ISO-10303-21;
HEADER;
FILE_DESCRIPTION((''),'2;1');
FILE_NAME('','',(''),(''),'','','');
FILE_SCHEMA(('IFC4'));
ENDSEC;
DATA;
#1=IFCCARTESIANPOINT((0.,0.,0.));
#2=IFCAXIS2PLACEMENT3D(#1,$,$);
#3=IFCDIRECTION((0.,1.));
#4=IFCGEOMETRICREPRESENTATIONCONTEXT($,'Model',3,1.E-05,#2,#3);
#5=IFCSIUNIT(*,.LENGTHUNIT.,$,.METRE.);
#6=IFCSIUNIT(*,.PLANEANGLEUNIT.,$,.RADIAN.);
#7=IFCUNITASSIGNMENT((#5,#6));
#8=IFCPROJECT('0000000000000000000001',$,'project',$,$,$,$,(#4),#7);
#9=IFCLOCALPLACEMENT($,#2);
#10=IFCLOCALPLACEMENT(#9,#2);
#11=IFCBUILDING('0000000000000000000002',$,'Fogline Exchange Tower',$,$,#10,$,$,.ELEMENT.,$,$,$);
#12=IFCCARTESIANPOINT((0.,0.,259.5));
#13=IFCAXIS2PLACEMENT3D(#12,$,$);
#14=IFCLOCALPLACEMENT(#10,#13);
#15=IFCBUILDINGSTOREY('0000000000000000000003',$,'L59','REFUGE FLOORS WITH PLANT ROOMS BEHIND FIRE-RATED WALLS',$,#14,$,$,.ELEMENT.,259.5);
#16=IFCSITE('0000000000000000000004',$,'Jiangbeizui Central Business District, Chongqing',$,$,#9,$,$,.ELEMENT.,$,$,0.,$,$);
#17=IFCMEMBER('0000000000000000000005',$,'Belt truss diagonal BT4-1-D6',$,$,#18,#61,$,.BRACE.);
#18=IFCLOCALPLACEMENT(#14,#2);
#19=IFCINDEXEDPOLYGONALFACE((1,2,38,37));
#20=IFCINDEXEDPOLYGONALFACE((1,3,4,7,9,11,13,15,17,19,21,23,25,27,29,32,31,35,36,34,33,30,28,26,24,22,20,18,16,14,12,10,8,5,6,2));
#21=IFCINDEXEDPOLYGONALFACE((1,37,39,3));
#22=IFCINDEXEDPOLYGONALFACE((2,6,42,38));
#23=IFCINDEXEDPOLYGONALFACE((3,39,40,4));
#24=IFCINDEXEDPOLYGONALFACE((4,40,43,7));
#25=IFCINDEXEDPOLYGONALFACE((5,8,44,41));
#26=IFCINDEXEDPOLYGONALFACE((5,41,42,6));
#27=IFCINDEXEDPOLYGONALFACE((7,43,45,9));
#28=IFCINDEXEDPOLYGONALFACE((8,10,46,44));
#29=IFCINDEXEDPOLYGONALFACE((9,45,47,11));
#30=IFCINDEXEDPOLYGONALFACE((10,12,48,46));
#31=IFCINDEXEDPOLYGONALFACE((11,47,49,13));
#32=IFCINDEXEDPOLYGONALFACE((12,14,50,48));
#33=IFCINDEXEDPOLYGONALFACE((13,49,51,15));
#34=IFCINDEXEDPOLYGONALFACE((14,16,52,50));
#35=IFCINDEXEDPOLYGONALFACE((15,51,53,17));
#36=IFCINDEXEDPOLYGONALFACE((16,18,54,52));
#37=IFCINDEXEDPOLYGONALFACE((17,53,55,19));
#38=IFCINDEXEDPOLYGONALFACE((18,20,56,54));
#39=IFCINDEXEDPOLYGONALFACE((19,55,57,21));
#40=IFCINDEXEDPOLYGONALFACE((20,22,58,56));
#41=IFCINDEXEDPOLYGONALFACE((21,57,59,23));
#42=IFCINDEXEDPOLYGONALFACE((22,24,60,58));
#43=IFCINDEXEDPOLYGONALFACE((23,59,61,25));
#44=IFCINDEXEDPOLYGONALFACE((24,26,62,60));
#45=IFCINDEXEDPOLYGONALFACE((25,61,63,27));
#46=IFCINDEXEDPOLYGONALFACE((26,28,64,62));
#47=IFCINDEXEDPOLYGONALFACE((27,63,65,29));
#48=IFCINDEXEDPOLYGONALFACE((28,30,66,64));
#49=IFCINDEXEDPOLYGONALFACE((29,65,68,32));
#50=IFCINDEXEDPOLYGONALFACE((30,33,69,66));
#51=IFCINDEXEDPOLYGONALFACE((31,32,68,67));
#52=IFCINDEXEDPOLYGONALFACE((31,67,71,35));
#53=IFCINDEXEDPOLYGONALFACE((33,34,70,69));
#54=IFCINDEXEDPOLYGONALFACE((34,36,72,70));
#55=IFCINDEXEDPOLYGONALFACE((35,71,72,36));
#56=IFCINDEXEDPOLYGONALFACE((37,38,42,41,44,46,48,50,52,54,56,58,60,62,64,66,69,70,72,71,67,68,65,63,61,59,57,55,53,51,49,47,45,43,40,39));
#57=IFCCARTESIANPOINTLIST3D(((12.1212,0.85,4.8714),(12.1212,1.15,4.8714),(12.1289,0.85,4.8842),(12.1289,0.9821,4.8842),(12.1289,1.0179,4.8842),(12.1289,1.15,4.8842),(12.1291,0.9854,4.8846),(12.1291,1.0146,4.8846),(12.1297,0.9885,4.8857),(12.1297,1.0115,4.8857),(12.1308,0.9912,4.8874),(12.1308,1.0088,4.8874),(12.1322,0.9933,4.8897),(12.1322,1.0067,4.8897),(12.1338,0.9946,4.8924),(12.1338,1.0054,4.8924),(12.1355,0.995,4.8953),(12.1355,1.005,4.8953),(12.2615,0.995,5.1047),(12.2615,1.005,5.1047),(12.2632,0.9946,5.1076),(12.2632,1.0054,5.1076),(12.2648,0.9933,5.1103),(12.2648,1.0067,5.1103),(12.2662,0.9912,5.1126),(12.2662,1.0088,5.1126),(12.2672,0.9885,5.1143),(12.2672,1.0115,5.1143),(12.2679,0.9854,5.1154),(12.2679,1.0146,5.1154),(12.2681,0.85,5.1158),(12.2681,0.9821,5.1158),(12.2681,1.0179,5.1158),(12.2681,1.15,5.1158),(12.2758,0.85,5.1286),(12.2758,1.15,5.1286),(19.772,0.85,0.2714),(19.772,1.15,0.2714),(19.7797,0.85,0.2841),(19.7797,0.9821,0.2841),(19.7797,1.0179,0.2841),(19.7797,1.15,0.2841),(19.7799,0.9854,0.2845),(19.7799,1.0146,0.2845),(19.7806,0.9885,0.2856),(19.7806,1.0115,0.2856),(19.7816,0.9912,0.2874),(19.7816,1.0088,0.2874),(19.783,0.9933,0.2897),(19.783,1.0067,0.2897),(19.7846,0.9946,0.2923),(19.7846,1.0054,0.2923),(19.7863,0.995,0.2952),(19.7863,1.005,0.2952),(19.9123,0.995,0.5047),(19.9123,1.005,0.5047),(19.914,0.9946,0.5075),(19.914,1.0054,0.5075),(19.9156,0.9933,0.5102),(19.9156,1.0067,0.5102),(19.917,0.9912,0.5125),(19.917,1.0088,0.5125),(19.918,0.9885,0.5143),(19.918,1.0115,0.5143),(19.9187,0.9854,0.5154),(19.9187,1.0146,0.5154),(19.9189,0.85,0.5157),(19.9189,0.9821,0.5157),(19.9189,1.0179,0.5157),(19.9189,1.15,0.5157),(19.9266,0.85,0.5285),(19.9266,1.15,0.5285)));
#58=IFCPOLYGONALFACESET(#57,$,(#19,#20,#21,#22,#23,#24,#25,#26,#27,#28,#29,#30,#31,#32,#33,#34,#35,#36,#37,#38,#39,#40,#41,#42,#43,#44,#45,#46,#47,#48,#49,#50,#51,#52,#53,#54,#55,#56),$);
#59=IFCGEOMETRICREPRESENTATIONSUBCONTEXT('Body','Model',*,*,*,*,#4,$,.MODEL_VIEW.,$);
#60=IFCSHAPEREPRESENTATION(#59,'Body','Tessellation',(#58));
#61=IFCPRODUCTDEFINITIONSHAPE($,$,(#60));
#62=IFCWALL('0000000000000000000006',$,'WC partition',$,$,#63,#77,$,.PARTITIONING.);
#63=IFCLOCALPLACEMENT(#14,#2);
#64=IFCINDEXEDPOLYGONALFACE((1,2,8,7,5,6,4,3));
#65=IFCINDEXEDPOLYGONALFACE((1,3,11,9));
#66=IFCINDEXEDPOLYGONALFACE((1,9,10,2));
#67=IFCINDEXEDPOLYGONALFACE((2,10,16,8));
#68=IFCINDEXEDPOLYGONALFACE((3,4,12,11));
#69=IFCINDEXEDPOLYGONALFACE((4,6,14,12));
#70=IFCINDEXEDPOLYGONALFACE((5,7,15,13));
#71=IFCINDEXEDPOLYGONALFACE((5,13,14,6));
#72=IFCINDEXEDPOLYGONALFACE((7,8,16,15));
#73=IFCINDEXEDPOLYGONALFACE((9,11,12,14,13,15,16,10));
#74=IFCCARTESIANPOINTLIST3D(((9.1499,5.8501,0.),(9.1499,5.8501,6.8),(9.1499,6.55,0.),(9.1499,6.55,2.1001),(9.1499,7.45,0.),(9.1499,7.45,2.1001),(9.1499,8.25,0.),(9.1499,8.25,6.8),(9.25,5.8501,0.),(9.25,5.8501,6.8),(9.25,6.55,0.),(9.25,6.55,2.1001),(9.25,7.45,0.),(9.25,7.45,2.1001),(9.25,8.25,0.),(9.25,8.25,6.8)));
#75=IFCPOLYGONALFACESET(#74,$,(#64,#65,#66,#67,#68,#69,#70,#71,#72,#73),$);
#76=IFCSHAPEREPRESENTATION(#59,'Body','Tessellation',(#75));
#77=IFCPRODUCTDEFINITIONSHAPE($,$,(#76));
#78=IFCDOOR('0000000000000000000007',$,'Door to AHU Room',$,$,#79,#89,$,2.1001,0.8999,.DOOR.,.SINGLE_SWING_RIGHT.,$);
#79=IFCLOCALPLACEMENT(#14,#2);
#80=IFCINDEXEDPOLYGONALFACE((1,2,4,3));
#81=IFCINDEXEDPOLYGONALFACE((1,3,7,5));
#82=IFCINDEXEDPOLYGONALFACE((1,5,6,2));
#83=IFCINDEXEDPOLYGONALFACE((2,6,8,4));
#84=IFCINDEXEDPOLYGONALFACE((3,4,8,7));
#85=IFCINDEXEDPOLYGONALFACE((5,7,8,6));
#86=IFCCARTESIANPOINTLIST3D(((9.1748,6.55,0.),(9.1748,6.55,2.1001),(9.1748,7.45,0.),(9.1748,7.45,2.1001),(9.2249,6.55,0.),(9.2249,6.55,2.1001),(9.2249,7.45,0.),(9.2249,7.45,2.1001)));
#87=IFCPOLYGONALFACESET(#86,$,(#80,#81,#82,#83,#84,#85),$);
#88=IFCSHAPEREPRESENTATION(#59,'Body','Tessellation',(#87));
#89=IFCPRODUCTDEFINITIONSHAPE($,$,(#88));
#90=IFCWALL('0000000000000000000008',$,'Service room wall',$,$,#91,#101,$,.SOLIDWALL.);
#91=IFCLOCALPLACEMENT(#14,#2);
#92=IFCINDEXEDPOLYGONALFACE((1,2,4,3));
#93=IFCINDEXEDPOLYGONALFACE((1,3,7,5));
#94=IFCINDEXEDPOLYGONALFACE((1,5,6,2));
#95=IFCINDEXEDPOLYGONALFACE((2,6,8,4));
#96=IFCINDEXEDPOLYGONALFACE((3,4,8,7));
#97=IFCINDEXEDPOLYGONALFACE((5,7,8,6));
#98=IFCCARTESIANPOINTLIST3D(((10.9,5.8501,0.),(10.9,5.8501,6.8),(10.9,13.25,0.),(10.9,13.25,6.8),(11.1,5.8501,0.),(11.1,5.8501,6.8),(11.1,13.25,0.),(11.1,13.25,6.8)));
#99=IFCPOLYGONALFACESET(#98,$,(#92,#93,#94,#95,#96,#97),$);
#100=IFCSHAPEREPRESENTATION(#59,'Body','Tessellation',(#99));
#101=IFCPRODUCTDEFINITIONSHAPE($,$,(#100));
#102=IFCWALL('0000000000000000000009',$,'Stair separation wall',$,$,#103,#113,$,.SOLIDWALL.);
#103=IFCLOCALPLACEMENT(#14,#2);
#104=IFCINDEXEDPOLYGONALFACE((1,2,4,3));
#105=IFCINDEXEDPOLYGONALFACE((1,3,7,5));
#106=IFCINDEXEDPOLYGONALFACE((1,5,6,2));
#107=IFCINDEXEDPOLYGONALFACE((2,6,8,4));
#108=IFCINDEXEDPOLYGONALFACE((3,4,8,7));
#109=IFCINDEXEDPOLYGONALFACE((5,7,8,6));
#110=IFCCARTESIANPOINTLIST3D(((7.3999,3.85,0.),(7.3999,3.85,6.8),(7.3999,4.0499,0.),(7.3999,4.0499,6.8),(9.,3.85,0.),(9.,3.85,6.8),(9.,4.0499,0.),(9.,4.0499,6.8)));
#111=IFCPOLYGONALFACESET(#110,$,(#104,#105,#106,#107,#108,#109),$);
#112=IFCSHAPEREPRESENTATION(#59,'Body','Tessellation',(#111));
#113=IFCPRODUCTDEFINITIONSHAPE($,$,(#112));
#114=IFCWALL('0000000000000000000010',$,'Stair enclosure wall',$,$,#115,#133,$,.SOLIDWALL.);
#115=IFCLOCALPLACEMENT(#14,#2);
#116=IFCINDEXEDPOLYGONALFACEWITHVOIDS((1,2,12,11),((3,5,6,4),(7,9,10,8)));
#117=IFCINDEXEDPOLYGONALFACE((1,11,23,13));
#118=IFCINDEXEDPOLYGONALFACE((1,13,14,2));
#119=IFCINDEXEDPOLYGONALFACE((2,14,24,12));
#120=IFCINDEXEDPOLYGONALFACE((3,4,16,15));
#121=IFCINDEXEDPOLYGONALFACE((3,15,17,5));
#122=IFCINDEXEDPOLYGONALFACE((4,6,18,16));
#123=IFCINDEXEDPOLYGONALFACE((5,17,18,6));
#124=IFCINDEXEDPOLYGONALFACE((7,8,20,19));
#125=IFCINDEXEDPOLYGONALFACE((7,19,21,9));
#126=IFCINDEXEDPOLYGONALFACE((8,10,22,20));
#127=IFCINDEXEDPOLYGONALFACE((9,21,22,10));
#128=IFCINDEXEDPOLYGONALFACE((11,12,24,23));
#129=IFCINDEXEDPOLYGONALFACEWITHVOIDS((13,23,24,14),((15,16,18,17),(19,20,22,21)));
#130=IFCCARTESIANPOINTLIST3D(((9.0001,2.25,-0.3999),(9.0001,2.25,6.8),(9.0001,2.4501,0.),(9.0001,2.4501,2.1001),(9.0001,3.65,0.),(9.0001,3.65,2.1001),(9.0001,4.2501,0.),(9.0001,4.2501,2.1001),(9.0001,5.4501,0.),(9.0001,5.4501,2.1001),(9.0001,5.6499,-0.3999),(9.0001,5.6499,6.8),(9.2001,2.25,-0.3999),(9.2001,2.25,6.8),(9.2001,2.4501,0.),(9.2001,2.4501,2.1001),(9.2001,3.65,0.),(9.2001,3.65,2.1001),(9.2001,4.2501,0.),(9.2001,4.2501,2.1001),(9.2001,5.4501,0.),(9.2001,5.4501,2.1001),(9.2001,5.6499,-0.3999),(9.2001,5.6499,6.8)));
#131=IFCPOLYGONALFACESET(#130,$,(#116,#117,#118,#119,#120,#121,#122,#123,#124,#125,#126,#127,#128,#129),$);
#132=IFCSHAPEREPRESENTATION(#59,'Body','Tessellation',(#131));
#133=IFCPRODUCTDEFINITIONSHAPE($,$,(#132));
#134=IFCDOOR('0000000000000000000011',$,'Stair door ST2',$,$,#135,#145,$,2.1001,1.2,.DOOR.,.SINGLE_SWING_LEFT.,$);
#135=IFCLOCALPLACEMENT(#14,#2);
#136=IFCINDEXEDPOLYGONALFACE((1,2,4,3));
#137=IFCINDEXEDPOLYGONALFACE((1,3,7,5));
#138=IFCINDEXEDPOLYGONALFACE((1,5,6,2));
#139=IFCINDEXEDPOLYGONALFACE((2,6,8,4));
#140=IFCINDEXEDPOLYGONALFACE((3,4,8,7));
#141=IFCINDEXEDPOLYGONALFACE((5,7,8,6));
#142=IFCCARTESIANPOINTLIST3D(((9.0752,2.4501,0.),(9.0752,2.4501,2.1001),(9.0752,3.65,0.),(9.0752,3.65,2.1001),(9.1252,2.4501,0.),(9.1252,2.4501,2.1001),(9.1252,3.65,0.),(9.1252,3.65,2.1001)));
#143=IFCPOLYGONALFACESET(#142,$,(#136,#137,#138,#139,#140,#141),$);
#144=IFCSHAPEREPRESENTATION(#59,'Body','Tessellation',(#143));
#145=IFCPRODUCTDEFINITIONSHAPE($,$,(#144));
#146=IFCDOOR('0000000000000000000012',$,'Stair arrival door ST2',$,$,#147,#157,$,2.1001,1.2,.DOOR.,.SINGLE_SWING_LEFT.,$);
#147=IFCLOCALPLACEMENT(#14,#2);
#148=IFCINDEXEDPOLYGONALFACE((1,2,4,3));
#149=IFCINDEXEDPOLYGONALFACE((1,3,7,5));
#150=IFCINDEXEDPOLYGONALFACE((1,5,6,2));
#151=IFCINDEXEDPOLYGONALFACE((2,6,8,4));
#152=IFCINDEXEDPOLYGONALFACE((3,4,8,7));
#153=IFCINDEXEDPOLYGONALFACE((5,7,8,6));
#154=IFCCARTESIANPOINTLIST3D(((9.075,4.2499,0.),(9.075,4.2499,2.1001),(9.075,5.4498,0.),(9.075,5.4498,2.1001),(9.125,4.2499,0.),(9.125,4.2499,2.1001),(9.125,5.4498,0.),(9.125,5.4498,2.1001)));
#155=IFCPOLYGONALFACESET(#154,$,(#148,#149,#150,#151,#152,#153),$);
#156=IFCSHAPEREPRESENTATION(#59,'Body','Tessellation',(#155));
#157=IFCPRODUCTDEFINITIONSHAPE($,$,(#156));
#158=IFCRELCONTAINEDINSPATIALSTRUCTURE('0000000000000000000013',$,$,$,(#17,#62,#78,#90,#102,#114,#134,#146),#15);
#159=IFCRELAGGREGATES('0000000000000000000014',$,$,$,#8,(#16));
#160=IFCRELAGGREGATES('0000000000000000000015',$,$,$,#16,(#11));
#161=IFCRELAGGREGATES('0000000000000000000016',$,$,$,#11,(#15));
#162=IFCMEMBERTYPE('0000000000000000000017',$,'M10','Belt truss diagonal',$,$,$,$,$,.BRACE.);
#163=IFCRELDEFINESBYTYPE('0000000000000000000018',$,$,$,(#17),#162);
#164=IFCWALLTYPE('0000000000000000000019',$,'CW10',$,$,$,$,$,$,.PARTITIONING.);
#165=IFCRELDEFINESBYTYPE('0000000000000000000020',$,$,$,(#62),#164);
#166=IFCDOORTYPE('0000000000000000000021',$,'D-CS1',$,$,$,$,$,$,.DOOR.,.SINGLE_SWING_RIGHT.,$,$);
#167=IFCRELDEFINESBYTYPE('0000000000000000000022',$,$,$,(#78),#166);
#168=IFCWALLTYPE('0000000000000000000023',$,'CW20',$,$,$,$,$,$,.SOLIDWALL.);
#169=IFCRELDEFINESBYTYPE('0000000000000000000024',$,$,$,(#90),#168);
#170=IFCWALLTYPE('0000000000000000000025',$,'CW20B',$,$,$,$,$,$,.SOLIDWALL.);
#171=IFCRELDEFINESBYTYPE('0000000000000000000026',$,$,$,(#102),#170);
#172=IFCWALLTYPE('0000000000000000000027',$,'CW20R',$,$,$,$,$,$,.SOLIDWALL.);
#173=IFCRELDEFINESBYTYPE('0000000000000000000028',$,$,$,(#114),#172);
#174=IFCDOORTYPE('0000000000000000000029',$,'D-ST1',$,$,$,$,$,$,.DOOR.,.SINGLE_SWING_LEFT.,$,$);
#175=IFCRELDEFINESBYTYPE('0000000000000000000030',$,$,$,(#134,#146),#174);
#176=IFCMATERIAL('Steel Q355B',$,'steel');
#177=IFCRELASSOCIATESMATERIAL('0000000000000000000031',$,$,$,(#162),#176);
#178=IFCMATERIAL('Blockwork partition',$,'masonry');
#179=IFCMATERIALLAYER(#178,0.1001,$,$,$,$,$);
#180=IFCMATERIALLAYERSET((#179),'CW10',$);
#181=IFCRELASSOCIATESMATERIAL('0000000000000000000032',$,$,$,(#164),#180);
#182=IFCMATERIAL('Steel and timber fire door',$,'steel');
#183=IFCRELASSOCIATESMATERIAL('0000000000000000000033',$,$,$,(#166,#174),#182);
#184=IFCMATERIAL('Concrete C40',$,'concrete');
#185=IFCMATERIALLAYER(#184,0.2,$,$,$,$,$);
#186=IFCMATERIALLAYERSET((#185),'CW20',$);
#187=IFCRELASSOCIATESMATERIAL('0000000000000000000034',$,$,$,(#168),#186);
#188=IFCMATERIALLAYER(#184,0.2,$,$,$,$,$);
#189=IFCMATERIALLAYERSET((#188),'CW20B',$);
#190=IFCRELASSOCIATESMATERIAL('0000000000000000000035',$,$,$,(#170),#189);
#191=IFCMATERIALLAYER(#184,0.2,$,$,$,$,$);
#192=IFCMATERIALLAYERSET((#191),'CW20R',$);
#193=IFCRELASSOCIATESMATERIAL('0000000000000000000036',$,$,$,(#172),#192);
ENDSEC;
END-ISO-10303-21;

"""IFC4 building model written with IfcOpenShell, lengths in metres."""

from ifc_helpers import new_model, si_unit, direction, frame, frame_2d, origin, origin_2d, place, context, subcontext, project, spatial, rectangle, i_section, extrude, material, layer, layer_set, material_profile, profile_set, type_object, element, fill, save


model = new_model("IFC4")

# Units and contexts
model_context = context("Model", 3, precision=1e-05, world=origin(), true_north=direction((0.0, 1.0)))
body_context = subcontext(model_context, "Body", "Model", "MODEL_VIEW")
ifc_project = project(units=[si_unit("LENGTHUNIT", "METRE"), si_unit("PLANEANGLEUNIT", "RADIAN")], contexts=[model_context])

# Site, building, storey
site_placement = place(None, origin())
site = spatial("IfcSite", under=ifc_project, at=site_placement, Name="Jiangbeizui Central Business District, Chongqing", CompositionType="ELEMENT", RefElevation=0.0)
building_placement = place(site_placement, origin())
building = spatial("IfcBuilding", under=site, at=building_placement, Name="Fogline Exchange Tower", CompositionType="ELEMENT")
storey_placement = place(building_placement, frame((0.0, 0.0, 259.5)))
storey = spatial("IfcBuildingStorey", under=building, at=storey_placement, Name="L59", Description="REFUGE FLOORS WITH PLANT ROOMS BEHIND FIRE-RATED WALLS", CompositionType="ELEMENT", Elevation=259.5)

# Member
ifc_material_1 = material(Name="Steel Q355B", Category="steel")
ifc_material_profile = material_profile(ifc_material_1, i_section(OverallWidth=0.3, OverallDepth=0.3, WebThickness=0.01, FlangeThickness=0.0149, FilletRadius=0.0129, at=origin_2d()), Name="HW300X300X10X15")
ifc_profile_set = profile_set([ifc_material_profile], Name="Steel Q355B")
member_type = type_object("IfcMemberType", Name="M10", Description="Belt truss diagonal", PredefinedType="BRACE", material=ifc_profile_set)
member_placement = place(storey_placement, frame((12.1985, 1.0, 5.0), z_axis=(0.85702, 0.0, -0.515284), x_axis=(0.0, 1.0, 0.0)))
element("IfcMember", 1, at=member_placement, inside=storey, type_object=member_type, Name="Belt truss diagonal BT4-1-D6", PredefinedType="BRACE", context=body_context, shape_type="SweptSolid", body=[
    extrude(i_section(OverallWidth=0.3, OverallDepth=0.3, WebThickness=0.01, FlangeThickness=0.0149, FilletRadius=0.0129, at=origin_2d()), origin(), (0.0, 0.0, 1.0), 8.9272),
])

# Wall, opening, door
ifc_material_2 = material(Name="Blockwork partition", Category="masonry")
ifc_layer_1 = layer(ifc_material_2, 0.1001)
ifc_layer_set_1 = layer_set([ifc_layer_1], Name="CW10")
wall_type_1 = type_object("IfcWallType", Name="CW10", PredefinedType="PARTITIONING", material=ifc_layer_set_1)
wall_1_placement = place(storey_placement, frame((9.2, 5.8501, 0.0), z_axis=(0.0, 0.0, 1.0), x_axis=(0.0, 1.0, 0.0)))
wall_1 = element("IfcWall", 2, at=wall_1_placement, inside=storey, type_object=wall_type_1, Name="WC partition", PredefinedType="PARTITIONING", context=body_context, shape_type="SweptSolid", body=[
    extrude(rectangle(XDim=2.3999, YDim=0.1001, at=frame_2d((1.2, 0.0))), origin(), (0.0, 0.0, 1.0), 6.8),
])
opening_1_placement = place(wall_1_placement, frame((0.7, 0.0, 0.0)))
opening_1 = element("IfcOpeningElement", 3, at=opening_1_placement, cuts=wall_1, PredefinedType="OPENING", context=body_context, shape_type="SweptSolid", body=[
    extrude(rectangle(XDim=0.8999, YDim=2.1001, at=frame_2d((0.45, 1.05))), frame((0.0, 0.0601, 0.0), z_axis=(0.0, -1.0, 0.0), x_axis=(1.0, 0.0, 0.0)), (0.0, 0.0, 1.0), 0.1201),
])
ifc_material_3 = material(Name="Steel and timber fire door", Category="steel")
door_type_1 = type_object("IfcDoorType", Name="D-CS1", OperationType="SINGLE_SWING_RIGHT", PredefinedType="DOOR", material=ifc_material_3)
door_1_placement = place(opening_1_placement, frame((0.8999, 0.0, 0.0), z_axis=(0.0, 0.0, 1.0), x_axis=(-1.0, 0.0, 0.0)))
door_1 = element("IfcDoor", 4, at=door_1_placement, inside=storey, type_object=door_type_1, Name="Door to AHU Room", OperationType="SINGLE_SWING_RIGHT", OverallHeight=2.1001, OverallWidth=0.8999, PredefinedType="DOOR", context=body_context, shape_type="SweptSolid", body=[
    extrude(rectangle(XDim=0.8999, YDim=2.1001, at=frame_2d((0.45, 1.05))), frame((0.0, 0.0249, 0.0), z_axis=(0.0, -1.0, 0.0), x_axis=(1.0, 0.0, 0.0)), (0.0, 0.0, 1.0), 0.05),
])
fill(opening_1, door_1)

# Walls
ifc_material_4 = material(Name="Concrete C40", Category="concrete")
ifc_layer_2 = layer(ifc_material_4, 0.2)
ifc_layer_set_2 = layer_set([ifc_layer_2], Name="CW20")
wall_type_2 = type_object("IfcWallType", Name="CW20", PredefinedType="SOLIDWALL", material=ifc_layer_set_2)
wall_2_placement = place(storey_placement, frame((11.0, 5.8501, 0.0), z_axis=(0.0, 0.0, 1.0), x_axis=(0.0, 1.0, 0.0)))
element("IfcWall", 5, at=wall_2_placement, inside=storey, type_object=wall_type_2, Name="Service room wall", PredefinedType="SOLIDWALL", context=body_context, shape_type="SweptSolid", body=[
    extrude(rectangle(XDim=7.3999, YDim=0.2, at=frame_2d((3.7, 0.0))), origin(), (0.0, 0.0, 1.0), 6.8),
])
ifc_layer_3 = layer(ifc_material_4, 0.2)
ifc_layer_set_3 = layer_set([ifc_layer_3], Name="CW20B")
wall_type_3 = type_object("IfcWallType", Name="CW20B", PredefinedType="SOLIDWALL", material=ifc_layer_set_3)
wall_3_placement = place(storey_placement, frame((7.3999, 3.95, 0.0), z_axis=(0.0, 0.0, 1.0), x_axis=(1.0, 0.0, 0.0)))
element("IfcWall", 6, at=wall_3_placement, inside=storey, type_object=wall_type_3, Name="Stair separation wall", PredefinedType="SOLIDWALL", context=body_context, shape_type="SweptSolid", body=[
    extrude(rectangle(XDim=1.6001, YDim=0.2, at=frame_2d((0.8, 0.0))), origin(), (0.0, 0.0, 1.0), 6.8),
])

# Wall, openings, doors
ifc_layer_4 = layer(ifc_material_4, 0.2)
ifc_layer_set_4 = layer_set([ifc_layer_4], Name="CW20R")
wall_type_4 = type_object("IfcWallType", Name="CW20R", PredefinedType="SOLIDWALL", material=ifc_layer_set_4)
wall_4_placement = place(storey_placement, frame((9.1001, 2.25, -0.3999), z_axis=(0.0, 0.0, 1.0), x_axis=(0.0, 1.0, 0.0)))
wall_4 = element("IfcWall", 7, at=wall_4_placement, inside=storey, type_object=wall_type_4, Name="Stair enclosure wall", PredefinedType="SOLIDWALL", context=body_context, shape_type="SweptSolid", body=[
    extrude(rectangle(XDim=3.3999, YDim=0.2, at=frame_2d((1.7, 0.0))), origin(), (0.0, 0.0, 1.0), 7.2),
])
opening_2_placement = place(wall_4_placement, frame((0.2, 0.0, 0.3999)))
opening_2 = element("IfcOpeningElement", 8, at=opening_2_placement, cuts=wall_4, PredefinedType="OPENING", context=body_context, shape_type="SweptSolid", body=[
    extrude(rectangle(XDim=1.2, YDim=2.1001, at=frame_2d((0.6001, 1.05))), frame((0.0, 0.1099, 0.0), z_axis=(0.0, -1.0, 0.0), x_axis=(1.0, 0.0, 0.0)), (0.0, 0.0, 1.0), 0.22),
])
opening_3_placement = place(wall_4_placement, frame((2.0, 0.0, 0.3999)))
opening_3 = element("IfcOpeningElement", 9, at=opening_3_placement, cuts=wall_4, PredefinedType="OPENING", context=body_context, shape_type="SweptSolid", body=[
    extrude(rectangle(XDim=1.2, YDim=2.1001, at=frame_2d((0.6001, 1.05))), frame((0.0, 0.1099, 0.0), z_axis=(0.0, -1.0, 0.0), x_axis=(1.0, 0.0, 0.0)), (0.0, 0.0, 1.0), 0.22),
])
door_type_2 = type_object("IfcDoorType", Name="D-ST1", OperationType="SINGLE_SWING_LEFT", PredefinedType="DOOR", material=ifc_material_3)
door_2_placement = place(opening_2_placement, origin())
door_2 = element("IfcDoor", 10, at=door_2_placement, inside=storey, type_object=door_type_2, Name="Stair door ST2", OperationType="SINGLE_SWING_LEFT", OverallHeight=2.1001, OverallWidth=1.2, PredefinedType="DOOR", context=body_context, shape_type="SweptSolid", body=[
    extrude(rectangle(XDim=1.2, YDim=2.1001, at=frame_2d((0.6001, 1.05))), frame((0.0, 0.0249, 0.0), z_axis=(0.0, -1.0, 0.0), x_axis=(1.0, 0.0, 0.0)), (0.0, 0.0, 1.0), 0.05),
])
fill(opening_2, door_2)
door_3_placement = place(opening_3_placement, frame((1.2, 0.0, 0.0), z_axis=(0.0, 0.0, 1.0), x_axis=(-1.0, 0.0, 0.0)))
door_3 = element("IfcDoor", 11, at=door_3_placement, inside=storey, type_object=door_type_2, Name="Stair arrival door ST2", OperationType="SINGLE_SWING_LEFT", OverallHeight=2.1001, OverallWidth=1.2, PredefinedType="DOOR", context=body_context, shape_type="SweptSolid", body=[
    extrude(rectangle(XDim=1.2, YDim=2.1001, at=frame_2d((0.6001, 1.05))), frame((0.0, 0.0249, 0.0), z_axis=(0.0, -1.0, 0.0), x_axis=(1.0, 0.0, 0.0)), (0.0, 0.0, 1.0), 0.05),
])
fill(opening_3, door_3)

save(model, "model.ifc")
